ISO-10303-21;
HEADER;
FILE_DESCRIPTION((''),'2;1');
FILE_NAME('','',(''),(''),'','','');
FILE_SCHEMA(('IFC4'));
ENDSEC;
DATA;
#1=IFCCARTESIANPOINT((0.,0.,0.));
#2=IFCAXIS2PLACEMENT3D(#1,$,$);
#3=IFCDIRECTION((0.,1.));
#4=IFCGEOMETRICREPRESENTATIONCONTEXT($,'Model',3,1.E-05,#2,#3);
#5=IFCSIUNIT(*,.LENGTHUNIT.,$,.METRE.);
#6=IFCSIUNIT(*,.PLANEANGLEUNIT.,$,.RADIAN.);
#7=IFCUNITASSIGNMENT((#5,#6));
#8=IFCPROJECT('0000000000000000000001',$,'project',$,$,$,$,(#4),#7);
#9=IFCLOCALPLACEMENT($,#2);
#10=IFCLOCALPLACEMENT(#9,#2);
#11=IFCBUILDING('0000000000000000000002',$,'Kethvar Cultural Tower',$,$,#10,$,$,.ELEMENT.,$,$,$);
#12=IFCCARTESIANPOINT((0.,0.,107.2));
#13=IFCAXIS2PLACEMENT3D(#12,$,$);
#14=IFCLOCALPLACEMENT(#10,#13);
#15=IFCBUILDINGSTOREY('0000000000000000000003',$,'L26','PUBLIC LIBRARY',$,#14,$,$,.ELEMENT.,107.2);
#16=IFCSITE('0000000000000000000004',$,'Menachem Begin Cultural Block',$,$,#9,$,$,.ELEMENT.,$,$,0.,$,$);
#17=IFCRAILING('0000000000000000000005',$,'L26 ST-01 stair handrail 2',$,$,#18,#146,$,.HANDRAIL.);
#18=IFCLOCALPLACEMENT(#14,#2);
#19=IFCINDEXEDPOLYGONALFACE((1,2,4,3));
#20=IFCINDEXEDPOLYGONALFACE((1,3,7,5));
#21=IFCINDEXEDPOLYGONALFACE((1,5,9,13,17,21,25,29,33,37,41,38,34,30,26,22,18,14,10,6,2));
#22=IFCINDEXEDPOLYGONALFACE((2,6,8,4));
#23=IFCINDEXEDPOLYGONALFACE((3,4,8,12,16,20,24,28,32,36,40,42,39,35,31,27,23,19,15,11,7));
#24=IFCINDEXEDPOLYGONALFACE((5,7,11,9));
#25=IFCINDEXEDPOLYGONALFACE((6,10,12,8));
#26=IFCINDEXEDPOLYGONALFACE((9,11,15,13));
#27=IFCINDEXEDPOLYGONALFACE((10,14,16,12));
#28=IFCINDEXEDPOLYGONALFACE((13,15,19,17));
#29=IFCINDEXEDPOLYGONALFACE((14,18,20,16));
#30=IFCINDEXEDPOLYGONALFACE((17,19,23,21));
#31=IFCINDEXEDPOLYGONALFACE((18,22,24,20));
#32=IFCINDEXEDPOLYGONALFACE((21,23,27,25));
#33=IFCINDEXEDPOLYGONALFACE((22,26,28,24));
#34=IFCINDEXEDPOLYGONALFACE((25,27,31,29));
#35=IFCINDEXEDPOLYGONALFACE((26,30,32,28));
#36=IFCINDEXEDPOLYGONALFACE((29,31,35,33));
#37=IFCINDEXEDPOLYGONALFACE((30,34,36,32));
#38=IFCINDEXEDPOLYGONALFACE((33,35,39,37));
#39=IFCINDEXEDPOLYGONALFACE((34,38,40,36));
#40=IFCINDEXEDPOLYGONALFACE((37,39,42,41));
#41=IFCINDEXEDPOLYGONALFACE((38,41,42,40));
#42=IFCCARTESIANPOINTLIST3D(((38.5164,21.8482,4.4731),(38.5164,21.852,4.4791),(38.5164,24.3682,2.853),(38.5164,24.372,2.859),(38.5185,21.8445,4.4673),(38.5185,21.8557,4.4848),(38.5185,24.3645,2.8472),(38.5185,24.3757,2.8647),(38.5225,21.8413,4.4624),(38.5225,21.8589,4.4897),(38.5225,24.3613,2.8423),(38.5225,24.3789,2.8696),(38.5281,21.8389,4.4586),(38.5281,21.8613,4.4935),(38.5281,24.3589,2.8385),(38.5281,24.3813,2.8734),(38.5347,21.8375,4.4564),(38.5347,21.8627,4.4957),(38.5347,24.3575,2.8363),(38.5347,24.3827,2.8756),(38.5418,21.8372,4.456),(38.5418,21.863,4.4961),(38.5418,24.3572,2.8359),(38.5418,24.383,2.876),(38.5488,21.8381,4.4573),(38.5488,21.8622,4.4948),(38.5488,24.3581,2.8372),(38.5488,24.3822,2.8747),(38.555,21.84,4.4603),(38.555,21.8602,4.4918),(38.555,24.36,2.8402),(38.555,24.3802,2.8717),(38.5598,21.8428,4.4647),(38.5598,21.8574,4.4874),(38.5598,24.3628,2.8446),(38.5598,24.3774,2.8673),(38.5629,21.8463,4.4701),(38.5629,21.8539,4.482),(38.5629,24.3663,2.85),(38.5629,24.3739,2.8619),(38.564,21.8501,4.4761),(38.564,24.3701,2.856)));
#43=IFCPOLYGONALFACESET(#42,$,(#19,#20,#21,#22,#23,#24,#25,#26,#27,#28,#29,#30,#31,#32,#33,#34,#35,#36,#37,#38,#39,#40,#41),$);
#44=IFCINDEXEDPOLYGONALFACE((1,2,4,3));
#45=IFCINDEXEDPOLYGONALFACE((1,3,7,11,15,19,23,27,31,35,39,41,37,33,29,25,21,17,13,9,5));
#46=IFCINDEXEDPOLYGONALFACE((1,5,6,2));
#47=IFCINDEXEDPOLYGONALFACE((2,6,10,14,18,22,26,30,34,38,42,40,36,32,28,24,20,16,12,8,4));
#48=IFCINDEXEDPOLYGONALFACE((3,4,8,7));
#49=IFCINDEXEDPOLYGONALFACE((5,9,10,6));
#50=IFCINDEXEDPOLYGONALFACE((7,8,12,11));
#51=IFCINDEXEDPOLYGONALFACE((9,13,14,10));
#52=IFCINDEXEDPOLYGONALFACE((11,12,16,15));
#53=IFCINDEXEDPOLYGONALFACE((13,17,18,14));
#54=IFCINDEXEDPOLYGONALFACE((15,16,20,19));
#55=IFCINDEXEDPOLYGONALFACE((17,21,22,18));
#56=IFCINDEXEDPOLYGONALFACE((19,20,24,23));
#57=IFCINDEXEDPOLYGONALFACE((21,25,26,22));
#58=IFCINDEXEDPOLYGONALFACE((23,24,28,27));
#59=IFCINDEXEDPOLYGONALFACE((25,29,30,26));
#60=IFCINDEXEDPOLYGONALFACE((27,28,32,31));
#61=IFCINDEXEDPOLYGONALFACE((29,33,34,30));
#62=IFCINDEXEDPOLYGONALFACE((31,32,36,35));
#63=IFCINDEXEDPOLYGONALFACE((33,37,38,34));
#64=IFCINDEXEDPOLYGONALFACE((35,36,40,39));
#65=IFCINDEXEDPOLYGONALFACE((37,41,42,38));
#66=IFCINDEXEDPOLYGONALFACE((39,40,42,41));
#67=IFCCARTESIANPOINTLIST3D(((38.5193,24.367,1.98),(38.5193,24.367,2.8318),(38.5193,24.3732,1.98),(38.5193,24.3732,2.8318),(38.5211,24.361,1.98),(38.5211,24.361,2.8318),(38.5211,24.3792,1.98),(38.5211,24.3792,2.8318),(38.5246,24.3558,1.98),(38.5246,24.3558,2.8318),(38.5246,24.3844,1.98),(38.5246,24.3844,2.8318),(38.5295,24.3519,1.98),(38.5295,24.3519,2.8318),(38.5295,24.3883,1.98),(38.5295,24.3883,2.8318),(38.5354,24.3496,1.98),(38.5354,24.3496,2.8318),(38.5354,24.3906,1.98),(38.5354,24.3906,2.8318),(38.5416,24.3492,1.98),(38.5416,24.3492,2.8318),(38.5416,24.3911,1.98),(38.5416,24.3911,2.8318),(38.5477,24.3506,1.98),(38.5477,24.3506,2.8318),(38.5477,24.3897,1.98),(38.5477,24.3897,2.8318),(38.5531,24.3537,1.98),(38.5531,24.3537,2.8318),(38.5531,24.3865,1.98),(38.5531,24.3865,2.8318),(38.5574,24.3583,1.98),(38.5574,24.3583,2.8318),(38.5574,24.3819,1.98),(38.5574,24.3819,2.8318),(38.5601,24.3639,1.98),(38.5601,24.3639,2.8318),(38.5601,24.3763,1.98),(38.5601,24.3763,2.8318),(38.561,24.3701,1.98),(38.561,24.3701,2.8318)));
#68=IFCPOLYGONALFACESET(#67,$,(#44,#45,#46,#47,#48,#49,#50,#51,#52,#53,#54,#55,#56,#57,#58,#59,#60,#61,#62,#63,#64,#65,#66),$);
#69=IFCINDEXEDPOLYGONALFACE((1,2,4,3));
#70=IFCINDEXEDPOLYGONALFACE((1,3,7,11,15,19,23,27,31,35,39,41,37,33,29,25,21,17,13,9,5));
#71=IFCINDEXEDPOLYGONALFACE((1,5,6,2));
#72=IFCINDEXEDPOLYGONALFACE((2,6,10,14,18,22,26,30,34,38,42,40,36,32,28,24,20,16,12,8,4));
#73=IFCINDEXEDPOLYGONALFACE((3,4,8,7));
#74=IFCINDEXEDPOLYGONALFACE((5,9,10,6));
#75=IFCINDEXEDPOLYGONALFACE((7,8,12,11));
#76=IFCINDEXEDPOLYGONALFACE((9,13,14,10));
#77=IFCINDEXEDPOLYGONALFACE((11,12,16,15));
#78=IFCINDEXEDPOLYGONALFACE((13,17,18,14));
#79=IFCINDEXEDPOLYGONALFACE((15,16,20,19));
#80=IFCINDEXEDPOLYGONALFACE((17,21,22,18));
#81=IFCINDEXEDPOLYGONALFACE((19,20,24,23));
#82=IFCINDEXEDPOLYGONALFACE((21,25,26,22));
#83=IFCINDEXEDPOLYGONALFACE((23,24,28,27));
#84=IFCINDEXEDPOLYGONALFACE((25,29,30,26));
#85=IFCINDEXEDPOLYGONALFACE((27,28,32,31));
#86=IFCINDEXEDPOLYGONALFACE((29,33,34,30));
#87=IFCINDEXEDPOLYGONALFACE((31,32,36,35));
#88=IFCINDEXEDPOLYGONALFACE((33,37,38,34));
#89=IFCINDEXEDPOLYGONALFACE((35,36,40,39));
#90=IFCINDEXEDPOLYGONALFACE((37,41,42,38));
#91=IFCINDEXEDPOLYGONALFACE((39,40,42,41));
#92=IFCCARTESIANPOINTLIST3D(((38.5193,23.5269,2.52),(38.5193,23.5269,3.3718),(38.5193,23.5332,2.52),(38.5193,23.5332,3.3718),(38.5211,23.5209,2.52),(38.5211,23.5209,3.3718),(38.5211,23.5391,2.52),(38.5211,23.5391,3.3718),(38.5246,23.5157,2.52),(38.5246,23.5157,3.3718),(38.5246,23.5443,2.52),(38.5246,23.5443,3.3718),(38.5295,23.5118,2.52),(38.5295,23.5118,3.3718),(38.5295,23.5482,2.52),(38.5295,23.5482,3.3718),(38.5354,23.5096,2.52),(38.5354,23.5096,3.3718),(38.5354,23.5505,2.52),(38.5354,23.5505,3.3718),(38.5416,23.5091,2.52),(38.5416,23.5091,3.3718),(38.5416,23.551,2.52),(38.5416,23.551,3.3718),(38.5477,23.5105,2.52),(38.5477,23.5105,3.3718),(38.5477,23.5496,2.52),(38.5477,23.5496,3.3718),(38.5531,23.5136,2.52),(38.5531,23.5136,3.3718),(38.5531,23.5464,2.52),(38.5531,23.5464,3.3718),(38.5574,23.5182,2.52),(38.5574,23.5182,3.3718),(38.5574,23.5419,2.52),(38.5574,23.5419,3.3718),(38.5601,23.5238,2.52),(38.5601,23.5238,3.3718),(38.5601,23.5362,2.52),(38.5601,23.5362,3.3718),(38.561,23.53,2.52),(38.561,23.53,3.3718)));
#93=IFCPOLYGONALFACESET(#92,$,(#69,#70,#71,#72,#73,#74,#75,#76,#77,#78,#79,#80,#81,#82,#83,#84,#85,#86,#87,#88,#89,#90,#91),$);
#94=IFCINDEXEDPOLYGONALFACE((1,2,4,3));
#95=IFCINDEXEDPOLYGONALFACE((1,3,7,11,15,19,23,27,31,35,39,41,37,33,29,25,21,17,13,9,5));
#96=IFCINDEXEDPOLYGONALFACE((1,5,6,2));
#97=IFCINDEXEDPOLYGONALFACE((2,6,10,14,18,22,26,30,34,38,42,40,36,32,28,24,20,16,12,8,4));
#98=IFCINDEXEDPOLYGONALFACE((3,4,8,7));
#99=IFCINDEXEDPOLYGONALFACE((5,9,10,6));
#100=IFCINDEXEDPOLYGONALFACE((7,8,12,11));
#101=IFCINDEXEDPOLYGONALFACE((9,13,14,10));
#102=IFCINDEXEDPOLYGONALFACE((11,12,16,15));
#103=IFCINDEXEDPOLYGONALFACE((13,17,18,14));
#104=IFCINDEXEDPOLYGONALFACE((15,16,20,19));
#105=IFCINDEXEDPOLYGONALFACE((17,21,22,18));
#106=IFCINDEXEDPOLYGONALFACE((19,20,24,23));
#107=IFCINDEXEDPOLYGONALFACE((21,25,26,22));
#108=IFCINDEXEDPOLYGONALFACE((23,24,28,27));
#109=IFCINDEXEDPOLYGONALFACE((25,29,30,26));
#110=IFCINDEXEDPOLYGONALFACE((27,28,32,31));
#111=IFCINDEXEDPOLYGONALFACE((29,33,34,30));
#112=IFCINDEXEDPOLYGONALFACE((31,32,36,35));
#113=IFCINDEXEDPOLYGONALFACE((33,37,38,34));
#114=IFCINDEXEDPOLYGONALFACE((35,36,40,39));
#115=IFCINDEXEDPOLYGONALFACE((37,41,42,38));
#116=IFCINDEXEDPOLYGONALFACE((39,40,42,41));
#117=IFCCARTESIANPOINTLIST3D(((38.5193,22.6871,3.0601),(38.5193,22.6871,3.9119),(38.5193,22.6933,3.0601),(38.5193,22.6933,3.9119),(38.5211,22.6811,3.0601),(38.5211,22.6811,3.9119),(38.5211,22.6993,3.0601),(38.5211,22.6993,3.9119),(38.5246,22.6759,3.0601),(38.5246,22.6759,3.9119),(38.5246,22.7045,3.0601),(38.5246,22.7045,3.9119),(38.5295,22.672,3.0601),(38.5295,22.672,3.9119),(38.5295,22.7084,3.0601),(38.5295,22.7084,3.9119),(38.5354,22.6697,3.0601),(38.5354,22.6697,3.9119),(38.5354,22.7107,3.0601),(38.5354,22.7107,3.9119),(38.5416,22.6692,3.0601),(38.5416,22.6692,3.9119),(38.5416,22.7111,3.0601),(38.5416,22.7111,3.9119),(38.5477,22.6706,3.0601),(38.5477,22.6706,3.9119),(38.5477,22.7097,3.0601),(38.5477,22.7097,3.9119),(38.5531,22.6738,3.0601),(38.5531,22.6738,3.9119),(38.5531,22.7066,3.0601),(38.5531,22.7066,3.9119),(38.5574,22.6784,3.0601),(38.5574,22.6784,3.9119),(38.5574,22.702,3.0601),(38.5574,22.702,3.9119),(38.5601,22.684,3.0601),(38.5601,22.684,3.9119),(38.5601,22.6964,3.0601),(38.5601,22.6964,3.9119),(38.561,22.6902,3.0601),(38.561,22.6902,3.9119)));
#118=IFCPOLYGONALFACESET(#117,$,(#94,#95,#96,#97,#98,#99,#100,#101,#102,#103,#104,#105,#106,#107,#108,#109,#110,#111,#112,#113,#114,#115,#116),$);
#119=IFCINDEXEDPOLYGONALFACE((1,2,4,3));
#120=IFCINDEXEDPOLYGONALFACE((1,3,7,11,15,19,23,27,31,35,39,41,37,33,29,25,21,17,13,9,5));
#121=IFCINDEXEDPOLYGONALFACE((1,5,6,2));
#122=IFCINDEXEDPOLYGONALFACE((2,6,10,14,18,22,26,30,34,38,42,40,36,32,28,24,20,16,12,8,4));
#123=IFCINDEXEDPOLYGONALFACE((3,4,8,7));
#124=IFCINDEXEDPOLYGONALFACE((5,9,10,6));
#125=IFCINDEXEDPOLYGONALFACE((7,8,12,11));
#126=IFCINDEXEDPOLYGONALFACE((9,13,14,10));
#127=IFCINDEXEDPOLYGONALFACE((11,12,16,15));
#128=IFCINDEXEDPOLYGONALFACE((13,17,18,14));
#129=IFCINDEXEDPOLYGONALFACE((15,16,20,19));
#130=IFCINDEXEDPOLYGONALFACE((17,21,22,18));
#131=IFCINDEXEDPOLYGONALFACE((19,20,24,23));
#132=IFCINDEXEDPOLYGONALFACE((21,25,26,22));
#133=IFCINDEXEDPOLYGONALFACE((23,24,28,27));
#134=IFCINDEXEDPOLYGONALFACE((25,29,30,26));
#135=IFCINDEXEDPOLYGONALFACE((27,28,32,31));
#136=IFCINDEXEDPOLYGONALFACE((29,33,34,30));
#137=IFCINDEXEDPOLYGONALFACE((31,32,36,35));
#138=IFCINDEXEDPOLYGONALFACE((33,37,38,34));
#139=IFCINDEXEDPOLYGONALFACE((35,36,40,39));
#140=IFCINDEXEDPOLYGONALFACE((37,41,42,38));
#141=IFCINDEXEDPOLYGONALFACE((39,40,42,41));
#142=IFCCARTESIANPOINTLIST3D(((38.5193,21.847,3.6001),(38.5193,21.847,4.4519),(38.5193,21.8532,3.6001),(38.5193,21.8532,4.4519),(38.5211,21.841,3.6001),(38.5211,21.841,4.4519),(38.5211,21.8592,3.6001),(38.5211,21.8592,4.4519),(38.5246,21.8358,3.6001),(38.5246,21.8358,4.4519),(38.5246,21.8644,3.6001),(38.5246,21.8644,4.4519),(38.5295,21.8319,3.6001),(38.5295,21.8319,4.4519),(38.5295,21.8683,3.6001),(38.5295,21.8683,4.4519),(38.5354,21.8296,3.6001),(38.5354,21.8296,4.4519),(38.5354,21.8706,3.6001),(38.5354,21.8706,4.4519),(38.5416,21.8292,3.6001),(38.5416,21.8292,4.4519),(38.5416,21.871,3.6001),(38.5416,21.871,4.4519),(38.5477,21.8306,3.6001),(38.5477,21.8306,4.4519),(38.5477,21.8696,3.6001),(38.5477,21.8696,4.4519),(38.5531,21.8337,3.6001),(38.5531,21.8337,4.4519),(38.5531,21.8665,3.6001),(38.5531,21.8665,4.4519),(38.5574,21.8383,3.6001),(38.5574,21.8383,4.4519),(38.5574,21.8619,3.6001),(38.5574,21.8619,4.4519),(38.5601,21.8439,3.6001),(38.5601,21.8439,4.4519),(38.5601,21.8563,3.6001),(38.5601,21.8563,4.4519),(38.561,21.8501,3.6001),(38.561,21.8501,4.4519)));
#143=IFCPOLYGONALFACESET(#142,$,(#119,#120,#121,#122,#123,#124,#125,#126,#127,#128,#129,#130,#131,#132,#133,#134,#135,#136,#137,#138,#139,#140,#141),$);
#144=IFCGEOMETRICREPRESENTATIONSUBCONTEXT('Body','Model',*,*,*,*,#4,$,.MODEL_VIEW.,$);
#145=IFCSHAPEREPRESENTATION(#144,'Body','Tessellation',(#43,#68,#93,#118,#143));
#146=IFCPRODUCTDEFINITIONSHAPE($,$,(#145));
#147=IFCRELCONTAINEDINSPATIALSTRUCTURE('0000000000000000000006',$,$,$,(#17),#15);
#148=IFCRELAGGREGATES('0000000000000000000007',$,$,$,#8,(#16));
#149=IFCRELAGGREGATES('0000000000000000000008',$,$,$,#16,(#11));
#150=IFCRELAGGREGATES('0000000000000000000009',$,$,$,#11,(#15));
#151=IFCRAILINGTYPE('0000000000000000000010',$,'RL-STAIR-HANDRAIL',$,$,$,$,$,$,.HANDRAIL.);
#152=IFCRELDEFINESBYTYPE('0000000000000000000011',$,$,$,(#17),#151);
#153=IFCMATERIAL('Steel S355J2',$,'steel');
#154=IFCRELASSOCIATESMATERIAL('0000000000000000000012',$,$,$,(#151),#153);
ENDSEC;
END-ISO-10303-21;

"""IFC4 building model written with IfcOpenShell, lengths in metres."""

from ifc_helpers import new_model, si_unit, direction, frame, origin, origin_2d, place, context, subcontext, project, spatial, circle, extrude, material, type_object, element, save


model = new_model("IFC4")

# Units and contexts
model_context = context("Model", 3, precision=1e-05, world=origin(), true_north=direction((0.0, 1.0)))
body_context = subcontext(model_context, "Body", "Model", "MODEL_VIEW")
ifc_project = project(units=[si_unit("LENGTHUNIT", "METRE"), si_unit("PLANEANGLEUNIT", "RADIAN")], contexts=[model_context])

# Site, building, storey
site_placement = place(None, origin())
site = spatial("IfcSite", under=ifc_project, at=site_placement, Name="Menachem Begin Cultural Block", CompositionType="ELEMENT", RefElevation=0.0)
building_placement = place(site_placement, origin())
building = spatial("IfcBuilding", under=site, at=building_placement, Name="Kethvar Cultural Tower", CompositionType="ELEMENT")
storey_placement = place(building_placement, frame((0.0, 0.0, 107.2)))
storey = spatial("IfcBuildingStorey", under=building, at=storey_placement, Name="L26", Description="PUBLIC LIBRARY", CompositionType="ELEMENT", Elevation=107.2)

# Shared definitions
ifc_material_1 = material(Name="Steel S355J2", Category="steel")

# Railing
railing_type_1 = type_object("IfcRailingType", Name="RL-STAIR-HANDRAIL", PredefinedType="HANDRAIL", material=ifc_material_1)
railing_1_placement = place(storey_placement, frame((38.54, 24.3701, 1.98)))
element("IfcRailing", 1, at=railing_1_placement, inside=storey, type_object=railing_type_1, Name="L26 ST-01 stair handrail 2", PredefinedType="HANDRAIL", context=body_context, shape_type="SweptSolid", body=[
    extrude(circle(Radius=0.0239, at=origin_2d()), frame((0.0, 0.0, 0.876), z_axis=(0.0, -0.841163, 0.540782), x_axis=(1.0, 0.0, 0.0)), (0.0, 0.0, 1.0), 2.9958),
    extrude(circle(Radius=0.021, at=origin_2d()), origin(), (0.0, 0.0, 1.0), 0.8518),
    extrude(circle(Radius=0.021, at=origin_2d()), frame((0.0, -0.8401, 0.54)), (0.0, 0.0, 1.0), 0.8518),
    extrude(circle(Radius=0.021, at=origin_2d()), frame((0.0, -1.6799, 1.0801)), (0.0, 0.0, 1.0), 0.8518),
    extrude(circle(Radius=0.021, at=origin_2d()), frame((0.0, -2.52, 1.6201)), (0.0, 0.0, 1.0), 0.8518),
])

save(model, "model.ifc")
